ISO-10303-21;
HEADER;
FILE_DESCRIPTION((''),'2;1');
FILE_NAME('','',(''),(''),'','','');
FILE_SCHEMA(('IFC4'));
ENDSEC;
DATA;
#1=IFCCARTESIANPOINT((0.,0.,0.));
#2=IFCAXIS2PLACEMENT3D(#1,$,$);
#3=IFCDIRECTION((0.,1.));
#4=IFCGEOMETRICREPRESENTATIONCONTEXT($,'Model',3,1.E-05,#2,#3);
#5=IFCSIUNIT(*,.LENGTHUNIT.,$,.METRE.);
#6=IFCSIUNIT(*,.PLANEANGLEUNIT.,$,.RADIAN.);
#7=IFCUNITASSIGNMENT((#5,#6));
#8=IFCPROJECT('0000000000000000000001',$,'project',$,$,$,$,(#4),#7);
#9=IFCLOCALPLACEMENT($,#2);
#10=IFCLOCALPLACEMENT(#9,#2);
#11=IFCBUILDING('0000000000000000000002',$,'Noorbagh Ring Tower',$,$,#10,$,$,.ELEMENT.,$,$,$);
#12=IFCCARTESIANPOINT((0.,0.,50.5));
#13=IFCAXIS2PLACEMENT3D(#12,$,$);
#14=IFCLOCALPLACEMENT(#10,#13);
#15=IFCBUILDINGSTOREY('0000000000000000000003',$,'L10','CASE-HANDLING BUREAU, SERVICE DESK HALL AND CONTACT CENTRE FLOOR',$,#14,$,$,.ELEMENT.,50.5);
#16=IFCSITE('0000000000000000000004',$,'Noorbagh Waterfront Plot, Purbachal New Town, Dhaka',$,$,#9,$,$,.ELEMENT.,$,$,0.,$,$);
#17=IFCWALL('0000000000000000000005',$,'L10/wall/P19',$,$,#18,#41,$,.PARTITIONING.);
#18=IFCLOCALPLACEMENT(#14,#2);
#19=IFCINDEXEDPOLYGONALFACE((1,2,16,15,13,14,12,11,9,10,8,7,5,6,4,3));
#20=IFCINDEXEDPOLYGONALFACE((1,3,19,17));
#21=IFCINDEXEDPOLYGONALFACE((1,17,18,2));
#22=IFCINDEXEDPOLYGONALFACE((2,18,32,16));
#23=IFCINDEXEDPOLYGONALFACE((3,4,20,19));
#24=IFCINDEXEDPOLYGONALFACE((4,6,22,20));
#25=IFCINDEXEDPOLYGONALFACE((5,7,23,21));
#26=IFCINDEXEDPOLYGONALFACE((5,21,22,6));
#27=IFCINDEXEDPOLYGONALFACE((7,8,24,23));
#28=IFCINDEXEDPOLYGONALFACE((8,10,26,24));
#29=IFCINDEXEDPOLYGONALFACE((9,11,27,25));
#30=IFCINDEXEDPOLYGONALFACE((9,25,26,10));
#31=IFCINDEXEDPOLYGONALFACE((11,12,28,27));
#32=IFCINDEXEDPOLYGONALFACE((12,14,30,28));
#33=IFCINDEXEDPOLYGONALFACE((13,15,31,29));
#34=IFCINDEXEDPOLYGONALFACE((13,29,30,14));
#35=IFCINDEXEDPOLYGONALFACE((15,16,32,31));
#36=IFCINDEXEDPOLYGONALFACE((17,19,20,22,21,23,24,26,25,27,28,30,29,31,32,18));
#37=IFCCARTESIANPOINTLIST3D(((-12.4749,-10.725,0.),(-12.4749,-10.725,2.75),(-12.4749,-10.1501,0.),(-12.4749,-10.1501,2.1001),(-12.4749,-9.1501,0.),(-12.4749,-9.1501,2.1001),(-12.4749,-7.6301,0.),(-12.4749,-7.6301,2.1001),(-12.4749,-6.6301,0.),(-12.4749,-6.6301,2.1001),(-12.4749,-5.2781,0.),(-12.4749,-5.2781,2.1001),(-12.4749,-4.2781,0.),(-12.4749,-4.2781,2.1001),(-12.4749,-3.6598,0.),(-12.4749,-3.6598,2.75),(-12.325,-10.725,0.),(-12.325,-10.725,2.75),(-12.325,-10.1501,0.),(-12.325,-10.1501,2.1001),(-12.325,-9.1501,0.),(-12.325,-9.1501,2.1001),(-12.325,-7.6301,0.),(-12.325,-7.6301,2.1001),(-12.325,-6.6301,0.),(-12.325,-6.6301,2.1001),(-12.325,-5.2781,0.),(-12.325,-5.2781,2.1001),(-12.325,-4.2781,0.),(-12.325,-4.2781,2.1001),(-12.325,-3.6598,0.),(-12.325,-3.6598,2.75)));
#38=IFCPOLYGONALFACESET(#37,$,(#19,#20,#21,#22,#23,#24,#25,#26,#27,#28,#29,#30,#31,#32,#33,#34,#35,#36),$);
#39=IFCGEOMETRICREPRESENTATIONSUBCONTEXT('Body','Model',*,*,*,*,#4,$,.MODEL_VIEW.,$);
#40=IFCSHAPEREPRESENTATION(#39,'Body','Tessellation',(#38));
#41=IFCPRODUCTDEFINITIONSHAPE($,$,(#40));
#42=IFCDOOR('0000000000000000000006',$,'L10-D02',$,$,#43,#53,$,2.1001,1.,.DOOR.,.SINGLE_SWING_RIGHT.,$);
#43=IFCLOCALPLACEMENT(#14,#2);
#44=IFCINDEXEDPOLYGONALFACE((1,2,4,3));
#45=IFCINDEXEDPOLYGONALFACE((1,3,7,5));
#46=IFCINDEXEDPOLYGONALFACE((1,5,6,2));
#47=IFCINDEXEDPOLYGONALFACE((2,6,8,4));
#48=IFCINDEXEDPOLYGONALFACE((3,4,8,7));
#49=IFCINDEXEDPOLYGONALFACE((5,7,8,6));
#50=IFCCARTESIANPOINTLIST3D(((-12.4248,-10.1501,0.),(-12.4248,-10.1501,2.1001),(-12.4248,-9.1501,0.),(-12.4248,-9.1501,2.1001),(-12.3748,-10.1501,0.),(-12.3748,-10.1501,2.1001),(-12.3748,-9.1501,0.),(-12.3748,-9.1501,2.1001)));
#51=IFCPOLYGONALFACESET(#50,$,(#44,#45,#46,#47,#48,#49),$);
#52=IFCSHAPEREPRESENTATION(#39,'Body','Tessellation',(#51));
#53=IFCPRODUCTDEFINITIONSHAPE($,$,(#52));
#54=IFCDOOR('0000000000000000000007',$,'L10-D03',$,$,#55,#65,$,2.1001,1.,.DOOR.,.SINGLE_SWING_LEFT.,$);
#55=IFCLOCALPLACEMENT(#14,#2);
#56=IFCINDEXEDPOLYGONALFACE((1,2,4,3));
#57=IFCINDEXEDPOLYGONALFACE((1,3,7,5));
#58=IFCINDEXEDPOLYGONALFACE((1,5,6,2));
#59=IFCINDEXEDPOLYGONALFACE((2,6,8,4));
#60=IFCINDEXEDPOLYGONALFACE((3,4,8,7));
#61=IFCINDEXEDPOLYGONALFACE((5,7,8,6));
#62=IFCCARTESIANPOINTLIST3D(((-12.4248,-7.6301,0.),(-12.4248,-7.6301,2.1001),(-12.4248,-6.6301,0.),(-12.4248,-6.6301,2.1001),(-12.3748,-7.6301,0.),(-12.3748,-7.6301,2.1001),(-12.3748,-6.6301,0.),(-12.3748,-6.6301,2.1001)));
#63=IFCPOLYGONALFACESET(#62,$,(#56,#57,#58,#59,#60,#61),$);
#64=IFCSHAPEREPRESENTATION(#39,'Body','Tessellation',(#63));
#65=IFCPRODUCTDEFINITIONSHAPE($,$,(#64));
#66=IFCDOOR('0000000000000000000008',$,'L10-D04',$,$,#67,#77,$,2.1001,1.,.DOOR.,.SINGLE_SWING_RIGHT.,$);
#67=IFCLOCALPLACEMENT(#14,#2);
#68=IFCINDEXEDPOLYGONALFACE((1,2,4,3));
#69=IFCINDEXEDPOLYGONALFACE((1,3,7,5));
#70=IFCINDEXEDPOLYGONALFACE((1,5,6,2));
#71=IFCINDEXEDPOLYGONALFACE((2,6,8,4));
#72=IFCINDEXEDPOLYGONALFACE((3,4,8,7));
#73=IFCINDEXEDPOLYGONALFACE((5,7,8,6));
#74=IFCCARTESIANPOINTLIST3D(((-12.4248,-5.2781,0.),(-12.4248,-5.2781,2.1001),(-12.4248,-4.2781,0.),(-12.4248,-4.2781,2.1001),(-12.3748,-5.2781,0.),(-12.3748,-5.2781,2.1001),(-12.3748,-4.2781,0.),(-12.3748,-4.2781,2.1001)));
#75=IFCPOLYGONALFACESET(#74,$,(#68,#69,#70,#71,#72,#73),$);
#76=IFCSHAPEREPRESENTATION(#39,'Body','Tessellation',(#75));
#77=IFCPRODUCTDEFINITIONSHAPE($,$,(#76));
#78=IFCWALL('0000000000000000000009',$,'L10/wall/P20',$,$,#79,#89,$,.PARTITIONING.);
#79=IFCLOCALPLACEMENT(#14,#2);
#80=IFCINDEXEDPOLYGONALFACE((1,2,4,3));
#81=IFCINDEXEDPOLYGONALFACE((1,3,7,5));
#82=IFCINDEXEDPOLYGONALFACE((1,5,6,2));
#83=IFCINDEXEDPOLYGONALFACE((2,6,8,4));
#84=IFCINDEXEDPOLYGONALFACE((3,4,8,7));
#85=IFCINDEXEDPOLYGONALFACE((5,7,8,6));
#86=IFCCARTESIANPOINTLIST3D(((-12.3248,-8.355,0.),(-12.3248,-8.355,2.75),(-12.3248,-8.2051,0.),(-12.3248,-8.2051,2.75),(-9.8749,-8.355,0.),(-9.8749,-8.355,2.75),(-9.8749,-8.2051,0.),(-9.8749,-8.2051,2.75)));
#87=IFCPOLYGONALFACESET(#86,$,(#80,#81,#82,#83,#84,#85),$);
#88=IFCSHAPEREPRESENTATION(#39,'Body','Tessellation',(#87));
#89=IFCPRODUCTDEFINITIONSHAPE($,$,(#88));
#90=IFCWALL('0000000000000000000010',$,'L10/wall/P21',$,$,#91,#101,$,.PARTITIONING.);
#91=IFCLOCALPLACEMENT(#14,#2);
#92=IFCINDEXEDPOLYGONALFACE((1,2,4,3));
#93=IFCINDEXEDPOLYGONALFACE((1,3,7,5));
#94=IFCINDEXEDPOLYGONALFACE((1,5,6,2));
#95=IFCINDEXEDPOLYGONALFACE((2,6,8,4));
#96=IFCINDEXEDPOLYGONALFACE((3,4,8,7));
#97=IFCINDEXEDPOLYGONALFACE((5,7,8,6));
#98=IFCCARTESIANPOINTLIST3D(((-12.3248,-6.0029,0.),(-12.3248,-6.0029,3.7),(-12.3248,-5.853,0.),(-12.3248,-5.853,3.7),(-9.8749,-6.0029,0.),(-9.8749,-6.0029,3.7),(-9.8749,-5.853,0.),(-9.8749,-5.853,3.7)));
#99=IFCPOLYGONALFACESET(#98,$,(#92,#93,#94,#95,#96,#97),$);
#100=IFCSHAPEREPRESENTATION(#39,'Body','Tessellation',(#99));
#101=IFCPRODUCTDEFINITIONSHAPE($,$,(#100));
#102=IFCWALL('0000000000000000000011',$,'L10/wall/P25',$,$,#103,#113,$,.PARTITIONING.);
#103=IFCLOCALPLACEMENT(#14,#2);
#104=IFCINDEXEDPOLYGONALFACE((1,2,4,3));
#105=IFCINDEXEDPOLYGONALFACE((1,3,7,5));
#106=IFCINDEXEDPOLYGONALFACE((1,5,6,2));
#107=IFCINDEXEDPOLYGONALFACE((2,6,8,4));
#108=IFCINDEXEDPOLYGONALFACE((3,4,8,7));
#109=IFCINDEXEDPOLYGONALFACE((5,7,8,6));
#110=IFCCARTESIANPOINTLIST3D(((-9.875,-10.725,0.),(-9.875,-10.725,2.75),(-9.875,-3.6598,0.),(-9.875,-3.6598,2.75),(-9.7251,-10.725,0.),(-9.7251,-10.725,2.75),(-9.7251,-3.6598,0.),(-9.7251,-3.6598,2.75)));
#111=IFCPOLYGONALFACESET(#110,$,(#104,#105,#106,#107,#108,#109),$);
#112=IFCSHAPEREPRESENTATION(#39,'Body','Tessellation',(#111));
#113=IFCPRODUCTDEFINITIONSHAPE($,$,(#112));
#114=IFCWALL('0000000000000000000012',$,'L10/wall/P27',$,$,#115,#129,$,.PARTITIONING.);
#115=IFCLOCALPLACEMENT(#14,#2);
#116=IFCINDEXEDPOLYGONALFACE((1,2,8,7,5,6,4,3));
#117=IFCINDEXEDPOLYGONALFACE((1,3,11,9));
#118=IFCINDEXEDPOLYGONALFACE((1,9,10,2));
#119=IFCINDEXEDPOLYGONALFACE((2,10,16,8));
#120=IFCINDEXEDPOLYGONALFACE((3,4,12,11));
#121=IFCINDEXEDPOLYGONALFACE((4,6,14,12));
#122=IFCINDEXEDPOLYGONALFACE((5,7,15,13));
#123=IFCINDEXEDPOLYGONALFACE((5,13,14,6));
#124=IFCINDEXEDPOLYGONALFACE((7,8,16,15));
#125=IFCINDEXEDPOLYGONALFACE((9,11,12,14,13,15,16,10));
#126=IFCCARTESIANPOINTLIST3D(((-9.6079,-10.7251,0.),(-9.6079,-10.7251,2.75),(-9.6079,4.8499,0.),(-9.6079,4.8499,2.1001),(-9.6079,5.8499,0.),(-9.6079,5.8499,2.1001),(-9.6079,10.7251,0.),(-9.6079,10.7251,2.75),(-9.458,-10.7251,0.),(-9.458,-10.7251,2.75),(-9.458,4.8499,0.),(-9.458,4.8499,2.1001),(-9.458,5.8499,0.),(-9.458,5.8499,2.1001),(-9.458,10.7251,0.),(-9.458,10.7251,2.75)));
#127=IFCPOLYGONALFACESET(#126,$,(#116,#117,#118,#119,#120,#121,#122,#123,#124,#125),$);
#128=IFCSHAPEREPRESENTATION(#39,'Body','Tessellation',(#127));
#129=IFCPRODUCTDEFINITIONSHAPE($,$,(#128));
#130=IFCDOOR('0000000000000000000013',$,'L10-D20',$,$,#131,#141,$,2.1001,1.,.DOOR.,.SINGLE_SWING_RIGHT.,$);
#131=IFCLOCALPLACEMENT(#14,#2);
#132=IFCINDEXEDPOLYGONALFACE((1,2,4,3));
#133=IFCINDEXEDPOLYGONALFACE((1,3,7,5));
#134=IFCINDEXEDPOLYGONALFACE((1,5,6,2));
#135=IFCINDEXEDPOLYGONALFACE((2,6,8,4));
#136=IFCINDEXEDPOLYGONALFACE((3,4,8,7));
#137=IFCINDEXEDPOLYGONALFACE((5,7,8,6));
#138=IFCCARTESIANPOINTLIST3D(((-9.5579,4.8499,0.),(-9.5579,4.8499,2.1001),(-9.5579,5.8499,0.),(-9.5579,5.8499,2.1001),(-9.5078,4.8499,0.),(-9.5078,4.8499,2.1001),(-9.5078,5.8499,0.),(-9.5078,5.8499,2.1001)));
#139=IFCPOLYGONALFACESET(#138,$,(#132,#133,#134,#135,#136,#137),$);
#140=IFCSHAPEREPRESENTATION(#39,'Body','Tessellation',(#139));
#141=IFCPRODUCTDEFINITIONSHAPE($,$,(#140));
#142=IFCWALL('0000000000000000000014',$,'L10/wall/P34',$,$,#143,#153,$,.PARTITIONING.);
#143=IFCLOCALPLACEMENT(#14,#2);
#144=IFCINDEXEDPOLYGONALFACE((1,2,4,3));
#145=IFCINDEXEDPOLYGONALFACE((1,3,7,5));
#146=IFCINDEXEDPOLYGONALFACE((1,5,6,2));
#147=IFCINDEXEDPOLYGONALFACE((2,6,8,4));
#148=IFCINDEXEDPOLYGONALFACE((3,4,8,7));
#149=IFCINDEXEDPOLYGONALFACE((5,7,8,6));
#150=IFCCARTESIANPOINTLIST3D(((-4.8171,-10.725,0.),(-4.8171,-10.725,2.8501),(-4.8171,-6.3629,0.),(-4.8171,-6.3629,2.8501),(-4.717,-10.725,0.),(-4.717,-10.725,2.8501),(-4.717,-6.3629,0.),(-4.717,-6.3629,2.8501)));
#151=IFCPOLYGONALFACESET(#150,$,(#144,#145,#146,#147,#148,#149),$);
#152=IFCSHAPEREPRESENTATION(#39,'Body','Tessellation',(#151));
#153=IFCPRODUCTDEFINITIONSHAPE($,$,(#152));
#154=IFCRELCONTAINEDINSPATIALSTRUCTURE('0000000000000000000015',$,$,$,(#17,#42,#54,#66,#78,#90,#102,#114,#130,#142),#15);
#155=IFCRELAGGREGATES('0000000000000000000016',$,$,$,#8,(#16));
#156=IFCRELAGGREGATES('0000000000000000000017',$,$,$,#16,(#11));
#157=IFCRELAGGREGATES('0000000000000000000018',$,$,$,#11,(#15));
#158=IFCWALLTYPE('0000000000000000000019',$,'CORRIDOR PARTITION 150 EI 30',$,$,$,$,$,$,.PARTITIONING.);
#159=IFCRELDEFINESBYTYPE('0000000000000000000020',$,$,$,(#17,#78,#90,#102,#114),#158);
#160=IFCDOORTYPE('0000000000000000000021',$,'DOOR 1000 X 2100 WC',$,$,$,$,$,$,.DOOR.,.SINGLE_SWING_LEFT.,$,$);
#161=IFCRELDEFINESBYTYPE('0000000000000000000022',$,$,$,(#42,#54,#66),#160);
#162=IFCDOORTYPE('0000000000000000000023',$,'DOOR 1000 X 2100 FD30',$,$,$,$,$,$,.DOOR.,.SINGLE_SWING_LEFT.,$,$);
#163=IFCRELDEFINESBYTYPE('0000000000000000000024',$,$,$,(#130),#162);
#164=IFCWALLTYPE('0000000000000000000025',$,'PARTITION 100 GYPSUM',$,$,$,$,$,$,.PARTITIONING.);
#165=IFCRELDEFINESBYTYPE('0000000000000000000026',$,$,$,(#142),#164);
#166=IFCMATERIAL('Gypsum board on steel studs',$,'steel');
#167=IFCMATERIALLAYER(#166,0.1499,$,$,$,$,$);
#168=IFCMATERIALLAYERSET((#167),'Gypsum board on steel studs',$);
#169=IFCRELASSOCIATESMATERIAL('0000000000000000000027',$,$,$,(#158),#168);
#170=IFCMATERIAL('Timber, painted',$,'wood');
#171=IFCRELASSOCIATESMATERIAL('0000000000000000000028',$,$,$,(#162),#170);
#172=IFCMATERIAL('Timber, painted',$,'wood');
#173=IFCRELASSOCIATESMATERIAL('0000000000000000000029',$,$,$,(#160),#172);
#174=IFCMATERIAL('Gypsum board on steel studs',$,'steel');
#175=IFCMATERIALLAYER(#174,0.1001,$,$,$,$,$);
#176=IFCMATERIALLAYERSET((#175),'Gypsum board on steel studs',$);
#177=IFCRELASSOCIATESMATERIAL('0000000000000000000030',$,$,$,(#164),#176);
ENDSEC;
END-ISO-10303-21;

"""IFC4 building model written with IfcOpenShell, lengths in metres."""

from ifc_helpers import new_model, si_unit, direction, frame, frame_2d, origin, place, context, subcontext, project, spatial, rectangle, extrude, material, layer, layer_set, type_object, element, fill, save


model = new_model("IFC4")

# Units and contexts
model_context = context("Model", 3, precision=1e-05, world=origin(), true_north=direction((0.0, 1.0)))
body_context = subcontext(model_context, "Body", "Model", "MODEL_VIEW")
ifc_project = project(units=[si_unit("LENGTHUNIT", "METRE"), si_unit("PLANEANGLEUNIT", "RADIAN")], contexts=[model_context])

# Site, building, storey
site_placement = place(None, origin())
site = spatial("IfcSite", under=ifc_project, at=site_placement, Name="Noorbagh Waterfront Plot, Purbachal New Town, Dhaka", CompositionType="ELEMENT", RefElevation=0.0)
building_placement = place(site_placement, origin())
building = spatial("IfcBuilding", under=site, at=building_placement, Name="Noorbagh Ring Tower", CompositionType="ELEMENT")
storey_placement = place(building_placement, frame((0.0, 0.0, 50.5)))
storey = spatial("IfcBuildingStorey", under=building, at=storey_placement, Name="L10", Description="CASE-HANDLING BUREAU, SERVICE DESK HALL AND CONTACT CENTRE FLOOR", CompositionType="ELEMENT", Elevation=50.5)

# Wall, openings, doors
ifc_material_1 = material(Name="Gypsum board on steel studs", Category="steel")
ifc_layer_1 = layer(ifc_material_1, 0.1499)
ifc_layer_set_1 = layer_set([ifc_layer_1], Name="Gypsum board on steel studs")
wall_type_1 = type_object("IfcWallType", Name="CORRIDOR PARTITION 150 EI 30", PredefinedType="PARTITIONING", material=ifc_layer_set_1)
ifc_material_2 = material(Name="Timber, painted", Category="wood")
door_type_1 = type_object("IfcDoorType", Name="DOOR 1000 X 2100 FD30", OperationType="SINGLE_SWING_LEFT", PredefinedType="DOOR", material=ifc_material_2)
wall_1_placement = place(storey_placement, frame((-12.3999, -10.7251, 0.0), z_axis=(0.0, 0.0, 1.0), x_axis=(0.0, 1.0, 0.0)))
wall_1 = element("IfcWall", 1, at=wall_1_placement, inside=storey, type_object=wall_type_1, Name="L10/wall/P19", PredefinedType="PARTITIONING", context=body_context, shape_type="SweptSolid", body=[
    extrude(rectangle(XDim=7.0652, YDim=0.1499, at=frame_2d((3.5327, 0.0))), origin(), (0.0, 0.0, 1.0), 2.75),
])
opening_1_placement = place(wall_1_placement, frame((0.575, 0.0, 0.0)))
opening_1 = element("IfcOpeningElement", 2, at=opening_1_placement, cuts=wall_1, PredefinedType="OPENING", context=body_context, shape_type="SweptSolid", body=[
    extrude(rectangle(XDim=1.0, YDim=2.1001, at=frame_2d((0.5, 1.05))), frame((0.0, 0.085, 0.0), z_axis=(0.0, -1.0, 0.0), x_axis=(1.0, 0.0, 0.0)), (0.0, 0.0, 1.0), 0.1699),
])
opening_2_placement = place(wall_1_placement, frame((3.095, 0.0, 0.0)))
opening_2 = element("IfcOpeningElement", 3, at=opening_2_placement, cuts=wall_1, PredefinedType="OPENING", context=body_context, shape_type="SweptSolid", body=[
    extrude(rectangle(XDim=1.0, YDim=2.1001, at=frame_2d((0.5, 1.05))), frame((0.0, 0.085, 0.0), z_axis=(0.0, -1.0, 0.0), x_axis=(1.0, 0.0, 0.0)), (0.0, 0.0, 1.0), 0.1699),
])
opening_3_placement = place(wall_1_placement, frame((5.447, 0.0, 0.0)))
opening_3 = element("IfcOpeningElement", 4, at=opening_3_placement, cuts=wall_1, PredefinedType="OPENING", context=body_context, shape_type="SweptSolid", body=[
    extrude(rectangle(XDim=1.0, YDim=2.1001, at=frame_2d((0.5, 1.05))), frame((0.0, 0.085, 0.0), z_axis=(0.0, -1.0, 0.0), x_axis=(1.0, 0.0, 0.0)), (0.0, 0.0, 1.0), 0.1699),
])
ifc_material_3 = material(Name="Timber, painted", Category="wood")
door_type_2 = type_object("IfcDoorType", Name="DOOR 1000 X 2100 WC", OperationType="SINGLE_SWING_LEFT", PredefinedType="DOOR", material=ifc_material_3)
door_1_placement = place(opening_1_placement, origin())
door_1 = element("IfcDoor", 5, at=door_1_placement, inside=storey, type_object=door_type_2, Name="L10-D02", OperationType="SINGLE_SWING_RIGHT", OverallHeight=2.1001, OverallWidth=1.0, PredefinedType="DOOR", context=body_context, shape_type="SweptSolid", body=[
    extrude(rectangle(XDim=1.0, YDim=2.1001, at=frame_2d((0.5, 1.05))), frame((0.0, 0.0249, 0.0), z_axis=(0.0, -1.0, 0.0), x_axis=(1.0, 0.0, 0.0)), (0.0, 0.0, 1.0), 0.05),
])
fill(opening_1, door_1)
door_2_placement = place(opening_2_placement, origin())
door_2 = element("IfcDoor", 6, at=door_2_placement, inside=storey, type_object=door_type_2, Name="L10-D03", OperationType="SINGLE_SWING_LEFT", OverallHeight=2.1001, OverallWidth=1.0, PredefinedType="DOOR", context=body_context, shape_type="SweptSolid", body=[
    extrude(rectangle(XDim=1.0, YDim=2.1001, at=frame_2d((0.5, 1.05))), frame((0.0, 0.0249, 0.0), z_axis=(0.0, -1.0, 0.0), x_axis=(1.0, 0.0, 0.0)), (0.0, 0.0, 1.0), 0.05),
])
fill(opening_2, door_2)
door_3_placement = place(opening_3_placement, origin())
door_3 = element("IfcDoor", 7, at=door_3_placement, inside=storey, type_object=door_type_2, Name="L10-D04", OperationType="SINGLE_SWING_RIGHT", OverallHeight=2.1001, OverallWidth=1.0, PredefinedType="DOOR", context=body_context, shape_type="SweptSolid", body=[
    extrude(rectangle(XDim=1.0, YDim=2.1001, at=frame_2d((0.5, 1.05))), frame((0.0, 0.0249, 0.0), z_axis=(0.0, -1.0, 0.0), x_axis=(1.0, 0.0, 0.0)), (0.0, 0.0, 1.0), 0.05),
])
fill(opening_3, door_3)

# Walls
wall_2_placement = place(storey_placement, frame((-12.325, -8.28, 0.0), z_axis=(0.0, 0.0, 1.0), x_axis=(1.0, 0.0, 0.0)))
element("IfcWall", 8, at=wall_2_placement, inside=storey, type_object=wall_type_1, Name="L10/wall/P20", PredefinedType="PARTITIONING", context=body_context, shape_type="SweptSolid", body=[
    extrude(rectangle(XDim=2.45, YDim=0.1499, at=frame_2d((1.2251, 0.0))), origin(), (0.0, 0.0, 1.0), 2.75),
])
wall_3_placement = place(storey_placement, frame((-12.325, -5.928, 0.0), z_axis=(0.0, 0.0, 1.0), x_axis=(1.0, 0.0, 0.0)))
element("IfcWall", 9, at=wall_3_placement, inside=storey, type_object=wall_type_1, Name="L10/wall/P21", PredefinedType="PARTITIONING", context=body_context, shape_type="SweptSolid", body=[
    extrude(rectangle(XDim=2.45, YDim=0.1499, at=frame_2d((1.2251, 0.0))), origin(), (0.0, 0.0, 1.0), 3.7),
])
wall_4_placement = place(storey_placement, frame((-9.8, -10.7251, 0.0), z_axis=(0.0, 0.0, 1.0), x_axis=(0.0, 1.0, 0.0)))
element("IfcWall", 10, at=wall_4_placement, inside=storey, type_object=wall_type_1, Name="L10/wall/P25", PredefinedType="PARTITIONING", context=body_context, shape_type="SweptSolid", body=[
    extrude(rectangle(XDim=7.0652, YDim=0.1499, at=frame_2d((3.5327, 0.0))), origin(), (0.0, 0.0, 1.0), 2.75),
])

# Wall, opening, door
wall_5_placement = place(storey_placement, frame((-9.533, -10.7251, 0.0), z_axis=(0.0, 0.0, 1.0), x_axis=(0.0, 1.0, 0.0)))
wall_5 = element("IfcWall", 11, at=wall_5_placement, inside=storey, type_object=wall_type_1, Name="L10/wall/P27", PredefinedType="PARTITIONING", context=body_context, shape_type="SweptSolid", body=[
    extrude(rectangle(XDim=21.4502, YDim=0.1499, at=frame_2d((10.7251, 0.0))), origin(), (0.0, 0.0, 1.0), 2.75),
])
opening_4_placement = place(wall_5_placement, frame((15.575, 0.0, 0.0)))
opening_4 = element("IfcOpeningElement", 12, at=opening_4_placement, cuts=wall_5, PredefinedType="OPENING", context=body_context, shape_type="SweptSolid", body=[
    extrude(rectangle(XDim=1.0, YDim=2.1001, at=frame_2d((0.5, 1.05))), frame((0.0, 0.085, 0.0), z_axis=(0.0, -1.0, 0.0), x_axis=(1.0, 0.0, 0.0)), (0.0, 0.0, 1.0), 0.1699),
])
door_4_placement = place(opening_4_placement, origin())
door_4 = element("IfcDoor", 13, at=door_4_placement, inside=storey, type_object=door_type_1, Name="L10-D20", OperationType="SINGLE_SWING_RIGHT", OverallHeight=2.1001, OverallWidth=1.0, PredefinedType="DOOR", context=body_context, shape_type="SweptSolid", body=[
    extrude(rectangle(XDim=1.0, YDim=2.1001, at=frame_2d((0.5, 1.05))), frame((0.0, 0.0249, 0.0), z_axis=(0.0, -1.0, 0.0), x_axis=(1.0, 0.0, 0.0)), (0.0, 0.0, 1.0), 0.05),
])
fill(opening_4, door_4)

# Wall
ifc_material_4 = material(Name="Gypsum board on steel studs", Category="steel")
ifc_layer_2 = layer(ifc_material_4, 0.1001)
ifc_layer_set_2 = layer_set([ifc_layer_2], Name="Gypsum board on steel studs")
wall_type_2 = type_object("IfcWallType", Name="PARTITION 100 GYPSUM", PredefinedType="PARTITIONING", material=ifc_layer_set_2)
wall_6_placement = place(storey_placement, frame((-4.7671, -10.7251, 0.0), z_axis=(0.0, 0.0, 1.0), x_axis=(0.0, 1.0, 0.0)))
element("IfcWall", 14, at=wall_6_placement, inside=storey, type_object=wall_type_2, Name="L10/wall/P34", PredefinedType="PARTITIONING", context=body_context, shape_type="SweptSolid", body=[
    extrude(rectangle(XDim=4.3621, YDim=0.1001, at=frame_2d((2.1812, 0.0))), origin(), (0.0, 0.0, 1.0), 2.8501),
])

save(model, "model.ifc")
